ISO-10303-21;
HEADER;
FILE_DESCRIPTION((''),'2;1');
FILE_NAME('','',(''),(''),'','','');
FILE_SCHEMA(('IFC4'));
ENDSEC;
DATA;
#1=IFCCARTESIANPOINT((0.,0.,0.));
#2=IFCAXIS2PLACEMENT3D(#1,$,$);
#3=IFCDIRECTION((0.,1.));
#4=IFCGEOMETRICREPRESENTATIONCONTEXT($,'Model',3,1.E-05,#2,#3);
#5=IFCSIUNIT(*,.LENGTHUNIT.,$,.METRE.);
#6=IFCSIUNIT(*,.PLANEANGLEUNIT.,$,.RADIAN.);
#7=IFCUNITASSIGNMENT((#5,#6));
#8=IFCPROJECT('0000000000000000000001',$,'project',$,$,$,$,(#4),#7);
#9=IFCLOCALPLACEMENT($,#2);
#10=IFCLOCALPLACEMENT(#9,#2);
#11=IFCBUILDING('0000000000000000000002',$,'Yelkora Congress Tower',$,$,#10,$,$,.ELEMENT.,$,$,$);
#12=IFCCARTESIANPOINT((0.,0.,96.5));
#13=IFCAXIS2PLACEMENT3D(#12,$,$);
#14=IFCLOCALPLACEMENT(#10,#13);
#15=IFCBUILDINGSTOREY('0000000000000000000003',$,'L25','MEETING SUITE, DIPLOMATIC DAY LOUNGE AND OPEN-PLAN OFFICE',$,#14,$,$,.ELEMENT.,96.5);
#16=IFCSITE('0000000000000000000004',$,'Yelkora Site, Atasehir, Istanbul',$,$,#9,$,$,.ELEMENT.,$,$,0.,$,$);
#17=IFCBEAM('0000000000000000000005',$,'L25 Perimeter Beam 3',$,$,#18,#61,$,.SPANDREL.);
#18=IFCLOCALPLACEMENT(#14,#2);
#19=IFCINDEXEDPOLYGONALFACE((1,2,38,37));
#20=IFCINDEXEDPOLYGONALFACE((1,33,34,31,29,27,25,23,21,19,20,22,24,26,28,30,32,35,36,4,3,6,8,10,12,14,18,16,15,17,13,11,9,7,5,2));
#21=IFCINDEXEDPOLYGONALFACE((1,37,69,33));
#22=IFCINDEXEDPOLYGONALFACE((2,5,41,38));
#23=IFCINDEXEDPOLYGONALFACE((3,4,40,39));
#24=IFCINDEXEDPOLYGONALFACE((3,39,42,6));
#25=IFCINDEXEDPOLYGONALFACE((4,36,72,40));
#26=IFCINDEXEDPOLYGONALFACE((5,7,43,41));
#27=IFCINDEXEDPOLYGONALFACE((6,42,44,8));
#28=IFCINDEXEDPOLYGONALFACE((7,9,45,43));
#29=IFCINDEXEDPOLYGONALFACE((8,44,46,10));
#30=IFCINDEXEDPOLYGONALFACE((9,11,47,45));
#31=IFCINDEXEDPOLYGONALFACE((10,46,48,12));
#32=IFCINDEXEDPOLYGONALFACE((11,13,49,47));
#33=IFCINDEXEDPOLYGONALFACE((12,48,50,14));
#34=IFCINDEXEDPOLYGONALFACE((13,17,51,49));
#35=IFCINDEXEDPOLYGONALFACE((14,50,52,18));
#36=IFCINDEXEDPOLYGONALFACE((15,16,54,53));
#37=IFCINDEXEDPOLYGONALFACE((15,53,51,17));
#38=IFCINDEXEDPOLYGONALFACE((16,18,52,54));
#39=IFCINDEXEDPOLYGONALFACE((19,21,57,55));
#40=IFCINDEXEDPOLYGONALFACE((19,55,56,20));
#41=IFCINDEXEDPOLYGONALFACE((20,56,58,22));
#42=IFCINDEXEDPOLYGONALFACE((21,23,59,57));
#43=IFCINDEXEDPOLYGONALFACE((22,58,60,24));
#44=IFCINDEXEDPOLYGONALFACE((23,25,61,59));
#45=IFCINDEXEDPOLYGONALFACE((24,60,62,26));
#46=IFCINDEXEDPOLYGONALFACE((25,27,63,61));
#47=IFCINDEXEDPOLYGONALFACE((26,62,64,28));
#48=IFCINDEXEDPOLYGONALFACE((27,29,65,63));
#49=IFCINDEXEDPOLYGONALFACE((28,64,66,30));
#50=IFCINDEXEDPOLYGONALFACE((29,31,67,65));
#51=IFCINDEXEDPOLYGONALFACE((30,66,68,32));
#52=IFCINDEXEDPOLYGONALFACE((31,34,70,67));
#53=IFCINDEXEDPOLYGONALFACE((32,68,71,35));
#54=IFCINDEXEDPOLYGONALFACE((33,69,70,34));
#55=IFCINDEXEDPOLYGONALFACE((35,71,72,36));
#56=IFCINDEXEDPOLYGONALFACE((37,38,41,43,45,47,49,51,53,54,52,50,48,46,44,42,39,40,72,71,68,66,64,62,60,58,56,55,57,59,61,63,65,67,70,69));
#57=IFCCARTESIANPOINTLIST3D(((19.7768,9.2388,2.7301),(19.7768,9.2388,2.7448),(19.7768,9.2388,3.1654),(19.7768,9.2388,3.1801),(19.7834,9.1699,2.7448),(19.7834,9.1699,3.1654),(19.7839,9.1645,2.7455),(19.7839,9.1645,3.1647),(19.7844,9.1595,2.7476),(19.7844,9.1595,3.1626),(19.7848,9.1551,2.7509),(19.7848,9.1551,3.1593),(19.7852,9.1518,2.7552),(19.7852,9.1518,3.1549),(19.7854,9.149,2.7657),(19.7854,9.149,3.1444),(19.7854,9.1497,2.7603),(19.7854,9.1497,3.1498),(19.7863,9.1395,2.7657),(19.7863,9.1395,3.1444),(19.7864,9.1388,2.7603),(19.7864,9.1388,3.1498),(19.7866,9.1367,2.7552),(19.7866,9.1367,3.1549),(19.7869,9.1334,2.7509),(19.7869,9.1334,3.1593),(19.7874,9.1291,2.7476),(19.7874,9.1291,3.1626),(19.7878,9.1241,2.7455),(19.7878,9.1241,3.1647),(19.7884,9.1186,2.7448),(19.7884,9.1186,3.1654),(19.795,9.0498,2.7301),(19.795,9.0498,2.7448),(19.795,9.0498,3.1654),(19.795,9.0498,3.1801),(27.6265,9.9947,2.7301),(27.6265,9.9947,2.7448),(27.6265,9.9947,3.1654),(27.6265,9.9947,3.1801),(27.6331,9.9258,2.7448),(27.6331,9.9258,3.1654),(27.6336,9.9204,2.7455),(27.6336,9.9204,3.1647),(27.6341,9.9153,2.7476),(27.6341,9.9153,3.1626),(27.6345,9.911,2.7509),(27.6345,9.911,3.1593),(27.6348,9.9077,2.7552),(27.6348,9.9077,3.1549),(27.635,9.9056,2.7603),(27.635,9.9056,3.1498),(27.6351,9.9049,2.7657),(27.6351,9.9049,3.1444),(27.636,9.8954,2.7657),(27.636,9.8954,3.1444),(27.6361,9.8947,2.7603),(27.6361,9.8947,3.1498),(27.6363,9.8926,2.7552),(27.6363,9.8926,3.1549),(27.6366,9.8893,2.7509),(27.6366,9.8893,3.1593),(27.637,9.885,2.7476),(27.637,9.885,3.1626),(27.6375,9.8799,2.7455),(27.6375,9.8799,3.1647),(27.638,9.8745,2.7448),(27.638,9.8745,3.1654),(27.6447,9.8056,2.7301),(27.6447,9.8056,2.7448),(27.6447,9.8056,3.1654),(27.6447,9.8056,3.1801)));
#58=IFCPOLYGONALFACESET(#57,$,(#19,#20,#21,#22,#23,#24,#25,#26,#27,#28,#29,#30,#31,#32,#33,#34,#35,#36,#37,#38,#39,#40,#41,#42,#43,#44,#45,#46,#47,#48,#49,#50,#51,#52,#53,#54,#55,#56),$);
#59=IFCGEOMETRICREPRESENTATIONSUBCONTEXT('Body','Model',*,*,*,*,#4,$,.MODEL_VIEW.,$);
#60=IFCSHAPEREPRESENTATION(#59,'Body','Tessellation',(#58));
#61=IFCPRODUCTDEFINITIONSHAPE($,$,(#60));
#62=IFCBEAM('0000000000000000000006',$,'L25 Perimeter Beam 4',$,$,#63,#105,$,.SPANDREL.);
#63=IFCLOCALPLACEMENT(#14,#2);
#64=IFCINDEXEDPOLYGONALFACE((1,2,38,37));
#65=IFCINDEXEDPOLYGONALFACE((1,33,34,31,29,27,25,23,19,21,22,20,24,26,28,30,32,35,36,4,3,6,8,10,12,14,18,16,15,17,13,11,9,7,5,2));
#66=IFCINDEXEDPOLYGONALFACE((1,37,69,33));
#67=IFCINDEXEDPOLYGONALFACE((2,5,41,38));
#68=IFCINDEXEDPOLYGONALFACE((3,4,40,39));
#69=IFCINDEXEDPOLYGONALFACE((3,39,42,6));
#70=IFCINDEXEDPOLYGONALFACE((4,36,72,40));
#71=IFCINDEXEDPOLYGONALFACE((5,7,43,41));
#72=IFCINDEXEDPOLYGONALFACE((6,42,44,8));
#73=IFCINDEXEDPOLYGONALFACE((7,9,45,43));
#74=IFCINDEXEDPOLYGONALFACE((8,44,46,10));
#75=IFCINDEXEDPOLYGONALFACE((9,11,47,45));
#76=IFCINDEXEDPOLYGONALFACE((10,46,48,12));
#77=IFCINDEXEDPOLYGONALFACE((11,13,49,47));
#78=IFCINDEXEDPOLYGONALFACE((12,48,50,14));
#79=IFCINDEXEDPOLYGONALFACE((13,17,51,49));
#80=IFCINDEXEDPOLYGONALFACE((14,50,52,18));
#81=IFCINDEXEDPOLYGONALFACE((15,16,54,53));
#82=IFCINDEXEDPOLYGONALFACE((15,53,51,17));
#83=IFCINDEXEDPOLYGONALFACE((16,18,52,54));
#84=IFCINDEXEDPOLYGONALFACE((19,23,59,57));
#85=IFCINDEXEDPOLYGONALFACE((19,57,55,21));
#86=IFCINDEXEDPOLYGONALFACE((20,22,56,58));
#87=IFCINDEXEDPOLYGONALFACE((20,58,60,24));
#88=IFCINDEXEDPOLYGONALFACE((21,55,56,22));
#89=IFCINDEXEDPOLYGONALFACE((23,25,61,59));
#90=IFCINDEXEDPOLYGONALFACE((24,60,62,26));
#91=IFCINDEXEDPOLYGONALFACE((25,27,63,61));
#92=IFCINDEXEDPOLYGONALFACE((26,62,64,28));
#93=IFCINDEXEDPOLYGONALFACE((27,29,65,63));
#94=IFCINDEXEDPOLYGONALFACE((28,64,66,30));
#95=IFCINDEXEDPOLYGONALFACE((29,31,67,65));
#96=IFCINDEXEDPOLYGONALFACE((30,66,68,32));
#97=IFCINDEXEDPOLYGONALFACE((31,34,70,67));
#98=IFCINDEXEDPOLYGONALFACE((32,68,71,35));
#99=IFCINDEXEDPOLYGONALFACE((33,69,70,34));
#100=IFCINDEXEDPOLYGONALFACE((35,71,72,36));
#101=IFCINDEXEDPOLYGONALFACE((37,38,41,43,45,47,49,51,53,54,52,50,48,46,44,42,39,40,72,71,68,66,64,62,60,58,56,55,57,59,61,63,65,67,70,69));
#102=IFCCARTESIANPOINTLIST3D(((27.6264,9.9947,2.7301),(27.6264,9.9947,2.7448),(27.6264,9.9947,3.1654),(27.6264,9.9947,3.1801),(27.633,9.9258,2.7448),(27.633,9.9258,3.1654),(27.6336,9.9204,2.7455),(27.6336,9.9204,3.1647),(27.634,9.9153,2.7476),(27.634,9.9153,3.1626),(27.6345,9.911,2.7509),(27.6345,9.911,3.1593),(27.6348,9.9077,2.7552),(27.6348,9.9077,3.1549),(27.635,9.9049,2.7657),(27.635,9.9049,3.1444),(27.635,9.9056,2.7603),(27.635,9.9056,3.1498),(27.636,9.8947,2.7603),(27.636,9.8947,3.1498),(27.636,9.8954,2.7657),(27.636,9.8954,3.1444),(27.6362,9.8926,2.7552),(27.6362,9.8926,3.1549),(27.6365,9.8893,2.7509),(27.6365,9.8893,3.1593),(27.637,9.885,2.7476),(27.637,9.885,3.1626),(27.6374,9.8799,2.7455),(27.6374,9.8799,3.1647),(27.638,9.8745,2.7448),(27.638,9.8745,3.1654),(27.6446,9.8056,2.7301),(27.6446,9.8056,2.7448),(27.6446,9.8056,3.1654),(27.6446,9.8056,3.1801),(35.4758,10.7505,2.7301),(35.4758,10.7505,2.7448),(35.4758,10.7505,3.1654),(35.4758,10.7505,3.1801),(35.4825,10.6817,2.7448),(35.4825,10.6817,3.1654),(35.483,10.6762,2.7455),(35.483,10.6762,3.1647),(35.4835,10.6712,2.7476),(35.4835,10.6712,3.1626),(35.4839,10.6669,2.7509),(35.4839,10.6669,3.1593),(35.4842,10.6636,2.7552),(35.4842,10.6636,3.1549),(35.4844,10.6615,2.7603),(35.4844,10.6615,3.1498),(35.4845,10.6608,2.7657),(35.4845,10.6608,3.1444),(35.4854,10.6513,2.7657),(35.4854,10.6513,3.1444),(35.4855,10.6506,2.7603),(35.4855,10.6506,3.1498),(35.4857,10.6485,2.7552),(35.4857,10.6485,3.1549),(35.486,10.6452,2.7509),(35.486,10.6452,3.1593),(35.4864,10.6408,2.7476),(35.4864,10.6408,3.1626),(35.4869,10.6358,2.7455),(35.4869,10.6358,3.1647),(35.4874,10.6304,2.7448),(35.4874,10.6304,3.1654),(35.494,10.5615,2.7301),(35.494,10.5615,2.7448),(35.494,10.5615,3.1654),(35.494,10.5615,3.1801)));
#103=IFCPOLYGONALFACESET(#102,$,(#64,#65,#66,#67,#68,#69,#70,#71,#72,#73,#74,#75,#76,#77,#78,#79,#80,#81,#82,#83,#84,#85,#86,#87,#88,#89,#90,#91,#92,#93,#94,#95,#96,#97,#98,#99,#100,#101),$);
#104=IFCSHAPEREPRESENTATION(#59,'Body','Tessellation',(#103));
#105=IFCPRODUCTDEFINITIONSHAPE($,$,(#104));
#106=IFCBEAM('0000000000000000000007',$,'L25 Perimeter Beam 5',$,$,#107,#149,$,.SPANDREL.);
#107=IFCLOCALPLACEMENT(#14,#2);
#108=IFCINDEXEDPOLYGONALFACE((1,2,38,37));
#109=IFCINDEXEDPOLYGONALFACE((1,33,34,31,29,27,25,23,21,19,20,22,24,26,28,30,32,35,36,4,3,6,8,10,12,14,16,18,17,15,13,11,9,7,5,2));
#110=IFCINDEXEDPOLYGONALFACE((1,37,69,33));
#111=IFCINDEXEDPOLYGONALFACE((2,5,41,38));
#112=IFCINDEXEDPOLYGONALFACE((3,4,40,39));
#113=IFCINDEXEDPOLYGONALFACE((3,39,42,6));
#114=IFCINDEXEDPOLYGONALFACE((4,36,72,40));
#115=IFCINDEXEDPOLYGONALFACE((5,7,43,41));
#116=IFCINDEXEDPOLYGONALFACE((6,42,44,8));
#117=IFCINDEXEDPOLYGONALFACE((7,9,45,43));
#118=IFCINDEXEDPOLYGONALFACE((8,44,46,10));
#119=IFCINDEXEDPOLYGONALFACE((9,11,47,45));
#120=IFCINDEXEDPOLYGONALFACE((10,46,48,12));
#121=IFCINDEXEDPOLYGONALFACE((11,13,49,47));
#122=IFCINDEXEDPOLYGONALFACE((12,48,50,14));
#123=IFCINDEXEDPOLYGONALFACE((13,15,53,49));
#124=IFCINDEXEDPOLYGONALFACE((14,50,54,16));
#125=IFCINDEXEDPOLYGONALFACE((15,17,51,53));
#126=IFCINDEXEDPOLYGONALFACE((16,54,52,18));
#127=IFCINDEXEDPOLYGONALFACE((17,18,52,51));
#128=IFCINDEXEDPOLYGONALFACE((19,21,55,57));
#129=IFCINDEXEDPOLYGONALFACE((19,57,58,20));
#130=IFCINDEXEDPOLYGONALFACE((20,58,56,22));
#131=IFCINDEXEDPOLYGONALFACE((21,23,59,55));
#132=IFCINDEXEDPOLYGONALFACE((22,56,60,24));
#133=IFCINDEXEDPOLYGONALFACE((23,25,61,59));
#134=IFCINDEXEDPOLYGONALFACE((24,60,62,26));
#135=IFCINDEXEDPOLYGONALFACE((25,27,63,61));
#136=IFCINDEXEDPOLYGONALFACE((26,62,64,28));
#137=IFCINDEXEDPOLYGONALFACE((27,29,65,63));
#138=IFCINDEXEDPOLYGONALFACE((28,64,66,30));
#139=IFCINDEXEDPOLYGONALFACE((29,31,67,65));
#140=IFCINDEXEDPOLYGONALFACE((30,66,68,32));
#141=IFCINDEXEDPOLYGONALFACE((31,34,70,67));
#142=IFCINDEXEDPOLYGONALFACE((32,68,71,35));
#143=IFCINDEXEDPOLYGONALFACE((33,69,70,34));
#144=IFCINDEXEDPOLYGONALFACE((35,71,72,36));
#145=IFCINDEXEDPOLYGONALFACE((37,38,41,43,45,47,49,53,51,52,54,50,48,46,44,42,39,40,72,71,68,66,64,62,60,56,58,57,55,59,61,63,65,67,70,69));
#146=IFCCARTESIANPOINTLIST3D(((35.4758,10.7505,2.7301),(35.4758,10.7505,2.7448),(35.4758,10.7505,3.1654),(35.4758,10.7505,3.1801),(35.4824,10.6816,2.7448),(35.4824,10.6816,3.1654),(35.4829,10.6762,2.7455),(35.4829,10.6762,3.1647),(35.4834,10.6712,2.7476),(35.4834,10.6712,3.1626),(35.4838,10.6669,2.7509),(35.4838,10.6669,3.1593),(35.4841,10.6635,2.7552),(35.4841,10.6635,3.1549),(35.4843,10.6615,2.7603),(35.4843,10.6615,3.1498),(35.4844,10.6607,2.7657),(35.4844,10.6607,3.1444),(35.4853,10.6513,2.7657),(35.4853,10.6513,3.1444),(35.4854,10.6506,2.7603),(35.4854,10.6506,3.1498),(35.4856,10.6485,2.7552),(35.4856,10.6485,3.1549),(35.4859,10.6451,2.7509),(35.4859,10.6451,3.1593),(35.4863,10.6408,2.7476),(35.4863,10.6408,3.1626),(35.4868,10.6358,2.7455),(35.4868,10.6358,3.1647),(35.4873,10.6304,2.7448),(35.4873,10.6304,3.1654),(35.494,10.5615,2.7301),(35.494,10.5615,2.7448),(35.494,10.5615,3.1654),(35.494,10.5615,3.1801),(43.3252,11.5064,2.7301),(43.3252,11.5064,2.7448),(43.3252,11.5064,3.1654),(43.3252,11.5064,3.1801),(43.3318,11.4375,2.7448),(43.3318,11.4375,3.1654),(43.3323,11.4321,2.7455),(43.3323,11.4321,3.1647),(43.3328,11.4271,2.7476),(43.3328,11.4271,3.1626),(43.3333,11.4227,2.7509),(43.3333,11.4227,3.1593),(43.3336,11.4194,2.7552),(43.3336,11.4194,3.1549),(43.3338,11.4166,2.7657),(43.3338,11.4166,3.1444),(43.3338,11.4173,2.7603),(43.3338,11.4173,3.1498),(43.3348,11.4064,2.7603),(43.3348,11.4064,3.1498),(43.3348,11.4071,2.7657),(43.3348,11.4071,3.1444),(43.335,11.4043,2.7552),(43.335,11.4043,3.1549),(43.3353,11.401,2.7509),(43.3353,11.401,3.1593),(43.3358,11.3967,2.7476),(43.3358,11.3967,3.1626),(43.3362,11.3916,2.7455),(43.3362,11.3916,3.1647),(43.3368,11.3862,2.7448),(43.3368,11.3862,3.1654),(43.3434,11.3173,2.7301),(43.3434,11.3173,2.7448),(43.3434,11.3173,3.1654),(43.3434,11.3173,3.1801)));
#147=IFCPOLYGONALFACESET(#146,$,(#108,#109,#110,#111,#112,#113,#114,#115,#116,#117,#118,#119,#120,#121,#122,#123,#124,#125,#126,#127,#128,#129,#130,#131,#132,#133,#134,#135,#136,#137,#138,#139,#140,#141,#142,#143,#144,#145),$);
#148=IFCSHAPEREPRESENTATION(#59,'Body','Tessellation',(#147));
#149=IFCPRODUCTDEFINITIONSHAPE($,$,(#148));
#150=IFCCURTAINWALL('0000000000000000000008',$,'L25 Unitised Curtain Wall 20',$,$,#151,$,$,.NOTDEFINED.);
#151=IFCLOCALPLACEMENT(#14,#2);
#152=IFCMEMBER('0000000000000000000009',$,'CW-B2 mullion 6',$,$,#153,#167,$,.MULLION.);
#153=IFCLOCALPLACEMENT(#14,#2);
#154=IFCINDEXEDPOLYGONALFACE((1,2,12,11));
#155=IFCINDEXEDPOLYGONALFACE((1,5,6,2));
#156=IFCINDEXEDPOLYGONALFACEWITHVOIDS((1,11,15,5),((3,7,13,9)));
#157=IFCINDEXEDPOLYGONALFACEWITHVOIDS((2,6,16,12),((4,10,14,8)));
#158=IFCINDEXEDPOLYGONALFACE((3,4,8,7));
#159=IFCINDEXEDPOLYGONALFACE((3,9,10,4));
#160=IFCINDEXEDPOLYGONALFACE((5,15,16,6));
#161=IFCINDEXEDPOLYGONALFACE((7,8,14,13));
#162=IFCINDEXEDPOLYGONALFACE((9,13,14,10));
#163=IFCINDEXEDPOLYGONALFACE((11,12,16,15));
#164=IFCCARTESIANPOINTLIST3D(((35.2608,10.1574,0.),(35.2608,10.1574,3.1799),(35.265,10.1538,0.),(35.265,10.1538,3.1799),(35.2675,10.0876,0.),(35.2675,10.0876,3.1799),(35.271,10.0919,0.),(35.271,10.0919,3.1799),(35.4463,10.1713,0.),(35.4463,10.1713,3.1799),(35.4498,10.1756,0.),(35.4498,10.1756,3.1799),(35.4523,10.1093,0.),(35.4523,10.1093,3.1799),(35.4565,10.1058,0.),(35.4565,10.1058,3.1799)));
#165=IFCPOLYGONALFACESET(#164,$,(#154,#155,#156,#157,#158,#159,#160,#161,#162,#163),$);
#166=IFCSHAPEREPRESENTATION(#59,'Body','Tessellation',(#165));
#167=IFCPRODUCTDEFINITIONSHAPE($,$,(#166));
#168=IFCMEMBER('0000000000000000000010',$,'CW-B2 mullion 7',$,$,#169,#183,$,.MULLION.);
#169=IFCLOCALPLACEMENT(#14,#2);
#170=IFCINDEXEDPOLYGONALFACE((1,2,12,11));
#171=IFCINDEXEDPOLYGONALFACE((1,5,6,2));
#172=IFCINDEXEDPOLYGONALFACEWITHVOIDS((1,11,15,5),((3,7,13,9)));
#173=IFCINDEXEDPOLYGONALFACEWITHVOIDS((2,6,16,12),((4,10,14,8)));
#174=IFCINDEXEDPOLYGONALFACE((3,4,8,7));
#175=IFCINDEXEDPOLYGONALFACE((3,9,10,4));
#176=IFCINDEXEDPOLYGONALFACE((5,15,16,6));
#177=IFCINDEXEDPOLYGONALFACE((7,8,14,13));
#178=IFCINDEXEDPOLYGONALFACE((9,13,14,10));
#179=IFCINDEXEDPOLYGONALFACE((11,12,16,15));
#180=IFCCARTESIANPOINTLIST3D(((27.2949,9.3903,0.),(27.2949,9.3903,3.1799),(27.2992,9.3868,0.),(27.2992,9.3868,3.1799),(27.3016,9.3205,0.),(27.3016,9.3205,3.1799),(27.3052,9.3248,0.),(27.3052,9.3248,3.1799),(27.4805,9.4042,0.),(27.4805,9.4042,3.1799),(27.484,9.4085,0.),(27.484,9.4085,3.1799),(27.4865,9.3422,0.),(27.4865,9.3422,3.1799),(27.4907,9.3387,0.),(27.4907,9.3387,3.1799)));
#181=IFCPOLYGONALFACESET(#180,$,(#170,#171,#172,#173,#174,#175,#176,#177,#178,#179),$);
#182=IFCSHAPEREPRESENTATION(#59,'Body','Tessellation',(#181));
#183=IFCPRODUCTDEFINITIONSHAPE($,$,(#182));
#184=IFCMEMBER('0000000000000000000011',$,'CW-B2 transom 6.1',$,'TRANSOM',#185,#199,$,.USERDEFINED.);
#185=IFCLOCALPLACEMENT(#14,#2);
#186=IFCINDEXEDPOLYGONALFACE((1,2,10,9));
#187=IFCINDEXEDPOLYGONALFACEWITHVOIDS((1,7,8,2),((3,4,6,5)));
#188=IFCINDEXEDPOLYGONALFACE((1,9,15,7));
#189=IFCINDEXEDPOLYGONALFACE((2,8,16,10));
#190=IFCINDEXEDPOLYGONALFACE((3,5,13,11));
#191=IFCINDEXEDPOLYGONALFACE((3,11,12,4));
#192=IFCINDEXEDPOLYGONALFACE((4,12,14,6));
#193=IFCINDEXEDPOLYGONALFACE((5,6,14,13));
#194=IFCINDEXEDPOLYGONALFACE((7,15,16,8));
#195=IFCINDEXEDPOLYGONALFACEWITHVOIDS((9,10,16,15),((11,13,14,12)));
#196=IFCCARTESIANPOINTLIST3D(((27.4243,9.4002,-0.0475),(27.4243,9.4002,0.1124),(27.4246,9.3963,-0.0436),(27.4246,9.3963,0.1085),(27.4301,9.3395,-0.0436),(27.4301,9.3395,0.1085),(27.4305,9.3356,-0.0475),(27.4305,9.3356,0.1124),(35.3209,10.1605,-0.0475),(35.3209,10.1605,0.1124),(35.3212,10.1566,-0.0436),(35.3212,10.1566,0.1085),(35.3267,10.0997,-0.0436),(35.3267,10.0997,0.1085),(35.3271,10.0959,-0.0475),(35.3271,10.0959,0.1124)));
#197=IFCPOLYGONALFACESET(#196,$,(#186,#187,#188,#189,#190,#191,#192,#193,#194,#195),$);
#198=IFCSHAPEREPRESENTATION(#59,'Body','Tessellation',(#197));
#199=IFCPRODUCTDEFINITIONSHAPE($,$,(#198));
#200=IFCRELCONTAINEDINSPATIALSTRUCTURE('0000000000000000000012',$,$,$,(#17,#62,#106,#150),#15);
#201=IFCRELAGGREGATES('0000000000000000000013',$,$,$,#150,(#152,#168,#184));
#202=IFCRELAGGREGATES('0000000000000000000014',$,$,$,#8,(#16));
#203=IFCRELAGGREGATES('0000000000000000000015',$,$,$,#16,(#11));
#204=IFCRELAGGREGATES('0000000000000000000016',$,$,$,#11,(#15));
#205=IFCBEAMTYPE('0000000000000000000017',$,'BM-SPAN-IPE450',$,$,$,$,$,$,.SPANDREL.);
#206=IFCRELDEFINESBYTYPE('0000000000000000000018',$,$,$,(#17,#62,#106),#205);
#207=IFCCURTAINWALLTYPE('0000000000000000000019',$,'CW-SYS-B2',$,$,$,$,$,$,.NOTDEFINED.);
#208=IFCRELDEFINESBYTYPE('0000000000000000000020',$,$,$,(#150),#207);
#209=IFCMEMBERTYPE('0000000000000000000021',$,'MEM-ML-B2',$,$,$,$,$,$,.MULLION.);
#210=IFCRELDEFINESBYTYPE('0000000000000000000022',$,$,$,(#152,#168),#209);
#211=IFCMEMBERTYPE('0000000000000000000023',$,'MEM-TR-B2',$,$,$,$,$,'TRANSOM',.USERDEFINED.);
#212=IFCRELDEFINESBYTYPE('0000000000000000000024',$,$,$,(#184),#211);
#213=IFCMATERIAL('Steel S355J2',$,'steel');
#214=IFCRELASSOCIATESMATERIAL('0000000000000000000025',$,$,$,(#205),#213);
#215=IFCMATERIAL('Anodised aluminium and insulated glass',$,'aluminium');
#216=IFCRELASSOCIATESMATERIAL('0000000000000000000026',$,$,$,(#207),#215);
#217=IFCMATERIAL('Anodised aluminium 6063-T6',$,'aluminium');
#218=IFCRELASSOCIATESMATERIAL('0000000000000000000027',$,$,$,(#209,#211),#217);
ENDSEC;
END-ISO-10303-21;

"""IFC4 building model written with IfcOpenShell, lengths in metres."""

from ifc_helpers import new_model, si_unit, direction, frame, origin, origin_2d, place, context, subcontext, project, spatial, hollow_rectangle, i_section, extrude, material, material_profile, profile_set, type_object, element, aggregate, save


model = new_model("IFC4")

# Units and contexts
model_context = context("Model", 3, precision=1e-05, world=origin(), true_north=direction((0.0, 1.0)))
body_context = subcontext(model_context, "Body", "Model", "MODEL_VIEW")
ifc_project = project(units=[si_unit("LENGTHUNIT", "METRE"), si_unit("PLANEANGLEUNIT", "RADIAN")], contexts=[model_context])

# Site, building, storey
site_placement = place(None, origin())
site = spatial("IfcSite", under=ifc_project, at=site_placement, Name="Yelkora Site, Atasehir, Istanbul", CompositionType="ELEMENT", RefElevation=0.0)
building_placement = place(site_placement, origin())
building = spatial("IfcBuilding", under=site, at=building_placement, Name="Yelkora Congress Tower", CompositionType="ELEMENT")
storey_placement = place(building_placement, frame((0.0, 0.0, 96.5)))
storey = spatial("IfcBuildingStorey", under=building, at=storey_placement, Name="L25", Description="MEETING SUITE, DIPLOMATIC DAY LOUNGE AND OPEN-PLAN OFFICE", CompositionType="ELEMENT", Elevation=96.5)

# Beams
ifc_material_1 = material(Name="Steel S355J2", Category="steel")
ifc_material_profile_1 = material_profile(ifc_material_1, i_section(OverallWidth=0.1899, OverallDepth=0.45, WebThickness=0.0095, FlangeThickness=0.0146, FilletRadius=0.021, at=origin_2d()), Name="IPE 450")
ifc_profile_set_1 = profile_set([ifc_material_profile_1], Name="Steel S355J2")
beam_type_1 = type_object("IfcBeamType", Name="BM-SPAN-IPE450", PredefinedType="SPANDREL", material=ifc_profile_set_1)
beam_1_placement = place(storey_placement, frame((19.7859, 9.1443, 2.9551), z_axis=(0.995396, 0.095849, 0.0), x_axis=(-0.095849, 0.995396, 0.0)))
element("IfcBeam", 1, at=beam_1_placement, inside=storey, type_object=beam_type_1, Name="L25 Perimeter Beam 3", PredefinedType="SPANDREL", context=body_context, shape_type="SweptSolid", body=[
    extrude(i_section(OverallWidth=0.1899, OverallDepth=0.45, WebThickness=0.0095, FlangeThickness=0.0146, FilletRadius=0.021, at=origin_2d()), origin(), (0.0, 0.0, 1.0), 7.886),
])
for number, where, z_axis, x_axis, name in (
    (2, (27.6355, 9.9001, 2.9551), (0.995396, 0.095852, 0.0), (-0.095852, 0.995396, 0.0), "L25 Perimeter Beam 4"),
    (3, (35.4849, 10.656, 2.9551), (0.995396, 0.095852, 0.0), (-0.095852, 0.995396, 0.0), "L25 Perimeter Beam 5"),
):
    element("IfcBeam", number, at=place(storey_placement, frame(where, z_axis=z_axis, x_axis=x_axis)), inside=storey, type_object=beam_type_1, Name=name, PredefinedType="SPANDREL", context=body_context, shape_type="SweptSolid", body=[
        extrude(i_section(OverallWidth=0.1899, OverallDepth=0.45, WebThickness=0.0095, FlangeThickness=0.0146, FilletRadius=0.021, at=origin_2d()), origin(), (0.0, 0.0, 1.0), 7.8857),
    ])

# Curtain wall, members
ifc_material_2 = material(Name="Anodised aluminium and insulated glass", Category="aluminium")
curtain_wall_type = type_object("IfcCurtainWallType", Name="CW-SYS-B2", PredefinedType="NOTDEFINED", material=ifc_material_2)
curtain_wall_placement = place(storey_placement, origin())
curtain_wall = element("IfcCurtainWall", 4, at=curtain_wall_placement, inside=storey, type_object=curtain_wall_type, Name="L25 Unitised Curtain Wall 20", PredefinedType="NOTDEFINED")
ifc_material_3 = material(Name="Anodised aluminium 6063-T6", Category="aluminium")
ifc_material_profile_2 = material_profile(ifc_material_3, hollow_rectangle(XDim=0.0701, YDim=0.1899, WallThickness=0.0039, at=origin_2d()), Name="ALU 70x190x4")
ifc_profile_set_2 = profile_set([ifc_material_profile_2], Name="Anodised aluminium 6063-T6")
member_type_1 = type_object("IfcMemberType", Name="MEM-ML-B2", PredefinedType="MULLION", material=ifc_profile_set_2)
member_1_placement = place(storey_placement, frame((35.3586, 10.1316, 0.0), z_axis=(0.0, 0.0, 1.0), x_axis=(0.095844, -0.995396, 0.0)))
member_1 = element("IfcMember", 5, at=member_1_placement, type_object=member_type_1, Name="CW-B2 mullion 6", PredefinedType="MULLION", context=body_context, shape_type="SweptSolid", body=[
    extrude(hollow_rectangle(XDim=0.0701, YDim=0.1899, WallThickness=0.0039, at=origin_2d()), origin(), (0.0, 0.0, 1.0), 3.1799),
])
member_2_placement = place(storey_placement, frame((27.3928, 9.3645, 0.0), z_axis=(0.0, 0.0, 1.0), x_axis=(0.095844, -0.995396, 0.0)))
member_2 = element("IfcMember", 6, at=member_2_placement, type_object=member_type_1, Name="CW-B2 mullion 7", PredefinedType="MULLION", context=body_context, shape_type="SweptSolid", body=[
    extrude(hollow_rectangle(XDim=0.0701, YDim=0.1899, WallThickness=0.0039, at=origin_2d()), origin(), (0.0, 0.0, 1.0), 3.1799),
])
ifc_material_profile_3 = material_profile(ifc_material_3, hollow_rectangle(XDim=0.0649, YDim=0.1599, WallThickness=0.0039, at=origin_2d()), Name="ALU 65x160x4")
ifc_profile_set_3 = profile_set([ifc_material_profile_3], Name="Anodised aluminium 6063-T6")
member_type_2 = type_object("IfcMemberType", Name="MEM-TR-B2", ElementType="TRANSOM", PredefinedType="USERDEFINED", material=ifc_profile_set_3)
member_3_placement = place(storey_placement, frame((35.324, 10.1282, 0.0325), z_axis=(-0.995397, -0.095834, 0.0), x_axis=(0.095834, -0.995397, 0.0)))
member_3 = element("IfcMember", 7, at=member_3_placement, type_object=member_type_2, Name="CW-B2 transom 6.1", ObjectType="TRANSOM", PredefinedType="USERDEFINED", context=body_context, shape_type="SweptSolid", body=[
    extrude(hollow_rectangle(XDim=0.0649, YDim=0.1599, WallThickness=0.0039, at=origin_2d()), origin(), (0.0, 0.0, 1.0), 7.9331),
])
aggregate(curtain_wall, [member_1, member_2, member_3])

save(model, "model.ifc")
